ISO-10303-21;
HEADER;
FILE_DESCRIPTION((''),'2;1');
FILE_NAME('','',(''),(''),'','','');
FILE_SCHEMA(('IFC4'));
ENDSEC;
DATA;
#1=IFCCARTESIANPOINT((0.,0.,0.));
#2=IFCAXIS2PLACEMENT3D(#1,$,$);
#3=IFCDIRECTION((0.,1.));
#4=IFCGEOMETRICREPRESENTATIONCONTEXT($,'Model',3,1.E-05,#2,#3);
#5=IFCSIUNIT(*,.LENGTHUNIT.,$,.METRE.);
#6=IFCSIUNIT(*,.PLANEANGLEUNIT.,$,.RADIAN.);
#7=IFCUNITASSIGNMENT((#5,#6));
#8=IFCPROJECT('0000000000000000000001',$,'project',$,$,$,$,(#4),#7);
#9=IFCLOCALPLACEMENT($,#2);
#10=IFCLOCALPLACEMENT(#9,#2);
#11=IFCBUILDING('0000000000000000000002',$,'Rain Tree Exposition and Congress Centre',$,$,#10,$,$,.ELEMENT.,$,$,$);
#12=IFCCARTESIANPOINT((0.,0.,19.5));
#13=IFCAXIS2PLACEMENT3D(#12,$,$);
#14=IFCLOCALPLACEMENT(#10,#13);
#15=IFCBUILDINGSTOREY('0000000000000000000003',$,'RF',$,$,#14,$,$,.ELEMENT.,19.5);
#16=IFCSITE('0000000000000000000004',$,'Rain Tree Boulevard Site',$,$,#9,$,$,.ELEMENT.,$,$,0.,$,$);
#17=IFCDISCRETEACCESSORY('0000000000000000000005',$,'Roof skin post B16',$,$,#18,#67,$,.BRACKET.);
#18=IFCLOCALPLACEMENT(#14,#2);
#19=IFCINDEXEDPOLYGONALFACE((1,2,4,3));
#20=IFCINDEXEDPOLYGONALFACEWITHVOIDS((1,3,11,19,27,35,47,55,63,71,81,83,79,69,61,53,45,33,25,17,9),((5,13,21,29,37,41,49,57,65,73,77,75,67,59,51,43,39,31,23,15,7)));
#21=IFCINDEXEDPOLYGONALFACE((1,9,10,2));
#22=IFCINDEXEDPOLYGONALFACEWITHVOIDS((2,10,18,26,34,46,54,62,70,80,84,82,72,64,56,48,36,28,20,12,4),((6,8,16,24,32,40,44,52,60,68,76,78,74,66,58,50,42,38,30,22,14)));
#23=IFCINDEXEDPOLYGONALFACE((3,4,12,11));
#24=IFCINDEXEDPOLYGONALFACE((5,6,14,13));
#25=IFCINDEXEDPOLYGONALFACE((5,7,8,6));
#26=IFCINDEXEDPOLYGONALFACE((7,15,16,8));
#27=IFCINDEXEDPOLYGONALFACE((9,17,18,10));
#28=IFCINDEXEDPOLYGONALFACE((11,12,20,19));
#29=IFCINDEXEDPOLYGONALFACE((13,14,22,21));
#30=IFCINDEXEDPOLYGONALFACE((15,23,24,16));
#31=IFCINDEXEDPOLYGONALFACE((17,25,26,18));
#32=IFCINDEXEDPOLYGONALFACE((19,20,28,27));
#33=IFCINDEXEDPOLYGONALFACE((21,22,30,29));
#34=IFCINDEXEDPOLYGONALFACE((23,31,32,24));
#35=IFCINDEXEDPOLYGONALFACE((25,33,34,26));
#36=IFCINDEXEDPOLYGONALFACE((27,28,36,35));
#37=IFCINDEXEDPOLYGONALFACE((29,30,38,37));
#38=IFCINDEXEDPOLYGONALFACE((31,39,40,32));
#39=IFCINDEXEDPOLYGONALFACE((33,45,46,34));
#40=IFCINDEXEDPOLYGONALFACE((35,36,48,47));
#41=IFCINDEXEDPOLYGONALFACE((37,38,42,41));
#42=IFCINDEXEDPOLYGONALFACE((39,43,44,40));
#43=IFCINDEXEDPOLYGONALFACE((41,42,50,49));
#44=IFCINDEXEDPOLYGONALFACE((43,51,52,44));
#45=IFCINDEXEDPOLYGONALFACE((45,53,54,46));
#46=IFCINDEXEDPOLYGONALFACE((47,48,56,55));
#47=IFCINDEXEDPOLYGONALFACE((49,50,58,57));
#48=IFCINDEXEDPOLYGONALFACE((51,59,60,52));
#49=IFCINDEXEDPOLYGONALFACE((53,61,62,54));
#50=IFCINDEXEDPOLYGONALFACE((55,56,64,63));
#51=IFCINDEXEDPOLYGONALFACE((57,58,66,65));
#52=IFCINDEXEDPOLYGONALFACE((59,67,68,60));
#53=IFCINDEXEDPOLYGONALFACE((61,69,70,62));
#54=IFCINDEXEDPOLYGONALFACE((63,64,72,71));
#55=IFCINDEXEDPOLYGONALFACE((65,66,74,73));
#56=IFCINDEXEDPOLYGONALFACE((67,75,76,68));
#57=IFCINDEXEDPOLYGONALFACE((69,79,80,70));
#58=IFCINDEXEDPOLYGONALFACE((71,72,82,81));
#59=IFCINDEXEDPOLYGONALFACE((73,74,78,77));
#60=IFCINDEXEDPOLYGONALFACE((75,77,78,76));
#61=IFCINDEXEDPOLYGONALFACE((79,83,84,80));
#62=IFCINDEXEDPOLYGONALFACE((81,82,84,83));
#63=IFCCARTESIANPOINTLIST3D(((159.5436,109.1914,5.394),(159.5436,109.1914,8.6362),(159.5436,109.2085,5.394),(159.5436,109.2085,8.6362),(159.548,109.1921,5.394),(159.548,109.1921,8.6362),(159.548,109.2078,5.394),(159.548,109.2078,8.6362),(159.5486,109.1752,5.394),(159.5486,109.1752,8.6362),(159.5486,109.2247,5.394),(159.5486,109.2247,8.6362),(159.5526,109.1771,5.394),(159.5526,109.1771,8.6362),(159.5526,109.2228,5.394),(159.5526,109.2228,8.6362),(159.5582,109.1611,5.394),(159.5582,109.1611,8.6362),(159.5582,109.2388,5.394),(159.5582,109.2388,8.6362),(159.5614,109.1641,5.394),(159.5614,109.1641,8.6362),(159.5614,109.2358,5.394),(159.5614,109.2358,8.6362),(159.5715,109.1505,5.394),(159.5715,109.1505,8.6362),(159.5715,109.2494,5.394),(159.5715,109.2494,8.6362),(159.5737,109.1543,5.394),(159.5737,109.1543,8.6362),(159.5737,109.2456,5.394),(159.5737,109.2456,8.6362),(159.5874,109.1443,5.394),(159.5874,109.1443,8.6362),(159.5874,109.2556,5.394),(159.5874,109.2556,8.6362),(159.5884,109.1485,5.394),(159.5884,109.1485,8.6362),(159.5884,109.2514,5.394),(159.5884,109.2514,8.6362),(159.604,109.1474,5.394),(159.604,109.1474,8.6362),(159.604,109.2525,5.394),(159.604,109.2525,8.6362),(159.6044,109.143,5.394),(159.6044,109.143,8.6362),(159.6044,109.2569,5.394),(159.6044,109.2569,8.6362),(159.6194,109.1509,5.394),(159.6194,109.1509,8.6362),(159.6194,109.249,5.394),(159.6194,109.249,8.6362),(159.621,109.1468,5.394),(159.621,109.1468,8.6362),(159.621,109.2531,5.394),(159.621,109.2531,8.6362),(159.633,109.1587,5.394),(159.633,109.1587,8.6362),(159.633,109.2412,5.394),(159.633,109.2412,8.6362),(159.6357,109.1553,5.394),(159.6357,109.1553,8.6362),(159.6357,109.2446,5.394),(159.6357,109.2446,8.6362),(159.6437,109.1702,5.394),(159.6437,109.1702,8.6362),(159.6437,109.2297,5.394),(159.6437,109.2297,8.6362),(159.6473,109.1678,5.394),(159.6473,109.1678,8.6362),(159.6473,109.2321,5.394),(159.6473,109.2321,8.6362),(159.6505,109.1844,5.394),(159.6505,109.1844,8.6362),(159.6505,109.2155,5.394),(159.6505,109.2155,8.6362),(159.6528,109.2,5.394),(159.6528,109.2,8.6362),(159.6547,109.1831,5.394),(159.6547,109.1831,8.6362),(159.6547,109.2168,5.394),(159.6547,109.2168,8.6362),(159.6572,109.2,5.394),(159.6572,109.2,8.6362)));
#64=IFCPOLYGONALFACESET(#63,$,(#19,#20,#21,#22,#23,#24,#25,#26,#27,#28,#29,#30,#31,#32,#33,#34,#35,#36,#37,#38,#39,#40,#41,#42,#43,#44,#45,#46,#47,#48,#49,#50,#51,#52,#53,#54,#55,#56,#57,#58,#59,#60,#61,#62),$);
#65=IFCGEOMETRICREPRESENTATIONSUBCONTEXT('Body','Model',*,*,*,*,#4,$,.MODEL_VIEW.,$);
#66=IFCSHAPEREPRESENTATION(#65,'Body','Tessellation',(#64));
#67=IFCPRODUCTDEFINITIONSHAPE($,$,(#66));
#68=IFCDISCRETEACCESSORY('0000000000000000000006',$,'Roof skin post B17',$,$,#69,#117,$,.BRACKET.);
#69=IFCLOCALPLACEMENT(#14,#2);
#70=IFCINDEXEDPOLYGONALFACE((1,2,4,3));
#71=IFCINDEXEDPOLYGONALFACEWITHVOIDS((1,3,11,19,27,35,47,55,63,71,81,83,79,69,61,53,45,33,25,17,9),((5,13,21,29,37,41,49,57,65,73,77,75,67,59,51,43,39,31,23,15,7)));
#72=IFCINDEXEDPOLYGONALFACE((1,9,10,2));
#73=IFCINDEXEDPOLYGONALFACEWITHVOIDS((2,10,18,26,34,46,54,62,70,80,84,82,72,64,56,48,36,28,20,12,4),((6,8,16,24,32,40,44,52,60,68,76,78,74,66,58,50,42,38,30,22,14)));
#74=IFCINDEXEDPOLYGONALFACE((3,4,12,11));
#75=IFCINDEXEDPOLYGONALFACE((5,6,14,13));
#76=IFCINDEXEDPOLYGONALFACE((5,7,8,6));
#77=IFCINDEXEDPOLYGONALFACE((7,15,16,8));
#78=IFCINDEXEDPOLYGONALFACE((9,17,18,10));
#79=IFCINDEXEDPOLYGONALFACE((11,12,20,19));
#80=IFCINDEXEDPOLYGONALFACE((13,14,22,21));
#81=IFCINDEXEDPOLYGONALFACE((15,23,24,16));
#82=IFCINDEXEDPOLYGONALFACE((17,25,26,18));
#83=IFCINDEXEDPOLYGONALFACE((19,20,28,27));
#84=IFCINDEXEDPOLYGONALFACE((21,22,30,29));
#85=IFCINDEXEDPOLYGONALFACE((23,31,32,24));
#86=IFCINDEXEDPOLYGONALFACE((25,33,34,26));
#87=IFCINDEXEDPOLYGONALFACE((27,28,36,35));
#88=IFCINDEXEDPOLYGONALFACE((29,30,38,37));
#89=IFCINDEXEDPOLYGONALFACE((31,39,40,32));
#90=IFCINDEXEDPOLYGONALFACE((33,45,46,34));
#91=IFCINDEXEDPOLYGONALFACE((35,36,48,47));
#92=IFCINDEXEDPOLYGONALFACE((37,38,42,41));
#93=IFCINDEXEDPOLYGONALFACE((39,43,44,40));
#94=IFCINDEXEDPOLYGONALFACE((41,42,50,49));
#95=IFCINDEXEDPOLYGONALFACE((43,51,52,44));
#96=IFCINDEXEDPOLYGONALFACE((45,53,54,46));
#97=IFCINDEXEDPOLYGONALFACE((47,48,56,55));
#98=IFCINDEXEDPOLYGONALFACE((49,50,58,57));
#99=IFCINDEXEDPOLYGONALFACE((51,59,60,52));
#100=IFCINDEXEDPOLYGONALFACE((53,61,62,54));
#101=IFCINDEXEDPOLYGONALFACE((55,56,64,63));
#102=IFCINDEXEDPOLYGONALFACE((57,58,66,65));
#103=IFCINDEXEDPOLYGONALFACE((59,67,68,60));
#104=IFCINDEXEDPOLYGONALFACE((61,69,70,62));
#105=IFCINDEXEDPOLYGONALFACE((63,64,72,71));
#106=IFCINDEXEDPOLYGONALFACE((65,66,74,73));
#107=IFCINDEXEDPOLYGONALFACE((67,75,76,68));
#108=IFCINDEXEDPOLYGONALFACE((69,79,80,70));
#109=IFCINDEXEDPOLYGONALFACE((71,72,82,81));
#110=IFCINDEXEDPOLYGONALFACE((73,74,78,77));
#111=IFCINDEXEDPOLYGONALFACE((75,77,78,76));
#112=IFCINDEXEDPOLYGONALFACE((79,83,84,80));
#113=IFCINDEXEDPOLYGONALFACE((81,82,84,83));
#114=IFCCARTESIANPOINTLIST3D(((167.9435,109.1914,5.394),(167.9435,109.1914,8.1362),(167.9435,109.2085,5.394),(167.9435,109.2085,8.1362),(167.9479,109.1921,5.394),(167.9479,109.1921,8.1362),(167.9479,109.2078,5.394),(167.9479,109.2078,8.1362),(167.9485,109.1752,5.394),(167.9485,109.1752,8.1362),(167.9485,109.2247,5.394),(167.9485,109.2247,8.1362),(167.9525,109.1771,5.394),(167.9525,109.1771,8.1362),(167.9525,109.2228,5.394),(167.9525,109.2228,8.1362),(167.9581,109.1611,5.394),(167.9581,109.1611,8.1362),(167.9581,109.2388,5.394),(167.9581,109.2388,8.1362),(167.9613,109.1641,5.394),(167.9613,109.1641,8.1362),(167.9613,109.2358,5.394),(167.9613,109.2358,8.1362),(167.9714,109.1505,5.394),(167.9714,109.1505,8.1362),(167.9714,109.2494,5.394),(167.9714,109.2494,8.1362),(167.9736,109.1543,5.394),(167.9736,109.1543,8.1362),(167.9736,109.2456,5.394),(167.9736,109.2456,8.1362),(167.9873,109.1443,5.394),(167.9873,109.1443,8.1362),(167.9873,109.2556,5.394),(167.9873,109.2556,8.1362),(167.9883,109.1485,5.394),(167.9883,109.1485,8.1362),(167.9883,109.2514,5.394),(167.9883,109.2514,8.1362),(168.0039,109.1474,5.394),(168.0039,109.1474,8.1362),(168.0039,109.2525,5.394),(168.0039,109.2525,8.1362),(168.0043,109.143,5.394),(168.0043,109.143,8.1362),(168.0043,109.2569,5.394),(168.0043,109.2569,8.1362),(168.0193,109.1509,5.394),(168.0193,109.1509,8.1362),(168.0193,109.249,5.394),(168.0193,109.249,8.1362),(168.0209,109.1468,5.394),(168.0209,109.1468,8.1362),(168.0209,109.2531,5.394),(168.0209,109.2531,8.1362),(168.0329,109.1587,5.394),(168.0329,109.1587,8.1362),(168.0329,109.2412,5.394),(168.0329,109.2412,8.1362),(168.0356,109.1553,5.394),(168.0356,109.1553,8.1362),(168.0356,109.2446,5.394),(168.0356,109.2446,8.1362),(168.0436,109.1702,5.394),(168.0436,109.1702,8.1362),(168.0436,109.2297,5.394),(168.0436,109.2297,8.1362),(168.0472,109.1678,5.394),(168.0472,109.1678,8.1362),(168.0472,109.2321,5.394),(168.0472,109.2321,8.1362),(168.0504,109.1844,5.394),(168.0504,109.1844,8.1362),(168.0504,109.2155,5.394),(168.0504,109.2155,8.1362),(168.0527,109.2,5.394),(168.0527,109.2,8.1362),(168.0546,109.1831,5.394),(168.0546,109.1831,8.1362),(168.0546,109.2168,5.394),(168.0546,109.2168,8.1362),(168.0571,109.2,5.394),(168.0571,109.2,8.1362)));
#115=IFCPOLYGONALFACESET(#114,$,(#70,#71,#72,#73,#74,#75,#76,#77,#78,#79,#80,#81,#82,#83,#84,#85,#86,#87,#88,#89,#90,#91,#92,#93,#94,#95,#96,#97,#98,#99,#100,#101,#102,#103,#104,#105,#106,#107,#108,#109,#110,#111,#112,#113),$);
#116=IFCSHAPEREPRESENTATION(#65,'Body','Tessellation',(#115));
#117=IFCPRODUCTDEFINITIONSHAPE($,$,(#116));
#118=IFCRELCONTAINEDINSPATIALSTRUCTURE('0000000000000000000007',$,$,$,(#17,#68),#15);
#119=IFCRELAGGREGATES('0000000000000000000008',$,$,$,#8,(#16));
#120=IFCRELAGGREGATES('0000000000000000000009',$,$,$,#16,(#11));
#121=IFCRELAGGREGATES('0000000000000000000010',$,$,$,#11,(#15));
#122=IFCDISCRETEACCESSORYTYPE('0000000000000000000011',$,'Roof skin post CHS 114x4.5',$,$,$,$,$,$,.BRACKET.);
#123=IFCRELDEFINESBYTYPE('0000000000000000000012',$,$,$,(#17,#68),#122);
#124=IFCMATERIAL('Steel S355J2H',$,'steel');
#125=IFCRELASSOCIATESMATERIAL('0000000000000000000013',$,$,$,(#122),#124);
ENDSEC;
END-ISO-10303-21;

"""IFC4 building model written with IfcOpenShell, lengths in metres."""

from ifc_helpers import new_model, si_unit, direction, frame, origin, origin_2d, place, context, subcontext, project, spatial, hollow_circle, extrude, material, material_profile, profile_set, type_object, element, save


model = new_model("IFC4")

# Units and contexts
model_context = context("Model", 3, precision=1e-05, world=origin(), true_north=direction((0.0, 1.0)))
body_context = subcontext(model_context, "Body", "Model", "MODEL_VIEW")
ifc_project = project(units=[si_unit("LENGTHUNIT", "METRE"), si_unit("PLANEANGLEUNIT", "RADIAN")], contexts=[model_context])

# Site, building, storey
site_placement = place(None, origin())
site = spatial("IfcSite", under=ifc_project, at=site_placement, Name="Rain Tree Boulevard Site", CompositionType="ELEMENT", RefElevation=0.0)
building_placement = place(site_placement, origin())
building = spatial("IfcBuilding", under=site, at=building_placement, Name="Rain Tree Exposition and Congress Centre", CompositionType="ELEMENT")
storey_placement = place(building_placement, frame((0.0, 0.0, 19.5)))
storey = spatial("IfcBuildingStorey", under=building, at=storey_placement, Name="RF", CompositionType="ELEMENT", Elevation=19.5)

# Discrete accessories
ifc_material_1 = material(Name="Steel S355J2H", Category="steel")
ifc_material_profile_1 = material_profile(ifc_material_1, hollow_circle(Radius=0.0571, WallThickness=0.0044, at=origin_2d()), Name="CHS 114x4.5")
ifc_profile_set_1 = profile_set([ifc_material_profile_1], Name="Steel S355J2H")
discrete_accessory_type_1 = type_object("IfcDiscreteAccessoryType", Name="Roof skin post CHS 114x4.5", PredefinedType="BRACKET", material=ifc_profile_set_1)
discrete_accessory_1_placement = place(storey_placement, frame((159.6001, 109.2, 5.394), z_axis=(0.0, 0.0, 1.0), x_axis=(1.0, 0.0, 0.0)))
element("IfcDiscreteAccessory", 1, at=discrete_accessory_1_placement, inside=storey, type_object=discrete_accessory_type_1, Name="Roof skin post B16", PredefinedType="BRACKET", context=body_context, shape_type="SweptSolid", body=[
    extrude(hollow_circle(Radius=0.0571, WallThickness=0.0044, at=origin_2d()), origin(), (0.0, 0.0, 1.0), 3.2422),
])
discrete_accessory_2_placement = place(storey_placement, frame((168.0, 109.2, 5.394), z_axis=(0.0, 0.0, 1.0), x_axis=(1.0, 0.0, 0.0)))
element("IfcDiscreteAccessory", 2, at=discrete_accessory_2_placement, inside=storey, type_object=discrete_accessory_type_1, Name="Roof skin post B17", PredefinedType="BRACKET", context=body_context, shape_type="SweptSolid", body=[
    extrude(hollow_circle(Radius=0.0571, WallThickness=0.0044, at=origin_2d()), origin(), (0.0, 0.0, 1.0), 2.7422),
])

save(model, "model.ifc")
